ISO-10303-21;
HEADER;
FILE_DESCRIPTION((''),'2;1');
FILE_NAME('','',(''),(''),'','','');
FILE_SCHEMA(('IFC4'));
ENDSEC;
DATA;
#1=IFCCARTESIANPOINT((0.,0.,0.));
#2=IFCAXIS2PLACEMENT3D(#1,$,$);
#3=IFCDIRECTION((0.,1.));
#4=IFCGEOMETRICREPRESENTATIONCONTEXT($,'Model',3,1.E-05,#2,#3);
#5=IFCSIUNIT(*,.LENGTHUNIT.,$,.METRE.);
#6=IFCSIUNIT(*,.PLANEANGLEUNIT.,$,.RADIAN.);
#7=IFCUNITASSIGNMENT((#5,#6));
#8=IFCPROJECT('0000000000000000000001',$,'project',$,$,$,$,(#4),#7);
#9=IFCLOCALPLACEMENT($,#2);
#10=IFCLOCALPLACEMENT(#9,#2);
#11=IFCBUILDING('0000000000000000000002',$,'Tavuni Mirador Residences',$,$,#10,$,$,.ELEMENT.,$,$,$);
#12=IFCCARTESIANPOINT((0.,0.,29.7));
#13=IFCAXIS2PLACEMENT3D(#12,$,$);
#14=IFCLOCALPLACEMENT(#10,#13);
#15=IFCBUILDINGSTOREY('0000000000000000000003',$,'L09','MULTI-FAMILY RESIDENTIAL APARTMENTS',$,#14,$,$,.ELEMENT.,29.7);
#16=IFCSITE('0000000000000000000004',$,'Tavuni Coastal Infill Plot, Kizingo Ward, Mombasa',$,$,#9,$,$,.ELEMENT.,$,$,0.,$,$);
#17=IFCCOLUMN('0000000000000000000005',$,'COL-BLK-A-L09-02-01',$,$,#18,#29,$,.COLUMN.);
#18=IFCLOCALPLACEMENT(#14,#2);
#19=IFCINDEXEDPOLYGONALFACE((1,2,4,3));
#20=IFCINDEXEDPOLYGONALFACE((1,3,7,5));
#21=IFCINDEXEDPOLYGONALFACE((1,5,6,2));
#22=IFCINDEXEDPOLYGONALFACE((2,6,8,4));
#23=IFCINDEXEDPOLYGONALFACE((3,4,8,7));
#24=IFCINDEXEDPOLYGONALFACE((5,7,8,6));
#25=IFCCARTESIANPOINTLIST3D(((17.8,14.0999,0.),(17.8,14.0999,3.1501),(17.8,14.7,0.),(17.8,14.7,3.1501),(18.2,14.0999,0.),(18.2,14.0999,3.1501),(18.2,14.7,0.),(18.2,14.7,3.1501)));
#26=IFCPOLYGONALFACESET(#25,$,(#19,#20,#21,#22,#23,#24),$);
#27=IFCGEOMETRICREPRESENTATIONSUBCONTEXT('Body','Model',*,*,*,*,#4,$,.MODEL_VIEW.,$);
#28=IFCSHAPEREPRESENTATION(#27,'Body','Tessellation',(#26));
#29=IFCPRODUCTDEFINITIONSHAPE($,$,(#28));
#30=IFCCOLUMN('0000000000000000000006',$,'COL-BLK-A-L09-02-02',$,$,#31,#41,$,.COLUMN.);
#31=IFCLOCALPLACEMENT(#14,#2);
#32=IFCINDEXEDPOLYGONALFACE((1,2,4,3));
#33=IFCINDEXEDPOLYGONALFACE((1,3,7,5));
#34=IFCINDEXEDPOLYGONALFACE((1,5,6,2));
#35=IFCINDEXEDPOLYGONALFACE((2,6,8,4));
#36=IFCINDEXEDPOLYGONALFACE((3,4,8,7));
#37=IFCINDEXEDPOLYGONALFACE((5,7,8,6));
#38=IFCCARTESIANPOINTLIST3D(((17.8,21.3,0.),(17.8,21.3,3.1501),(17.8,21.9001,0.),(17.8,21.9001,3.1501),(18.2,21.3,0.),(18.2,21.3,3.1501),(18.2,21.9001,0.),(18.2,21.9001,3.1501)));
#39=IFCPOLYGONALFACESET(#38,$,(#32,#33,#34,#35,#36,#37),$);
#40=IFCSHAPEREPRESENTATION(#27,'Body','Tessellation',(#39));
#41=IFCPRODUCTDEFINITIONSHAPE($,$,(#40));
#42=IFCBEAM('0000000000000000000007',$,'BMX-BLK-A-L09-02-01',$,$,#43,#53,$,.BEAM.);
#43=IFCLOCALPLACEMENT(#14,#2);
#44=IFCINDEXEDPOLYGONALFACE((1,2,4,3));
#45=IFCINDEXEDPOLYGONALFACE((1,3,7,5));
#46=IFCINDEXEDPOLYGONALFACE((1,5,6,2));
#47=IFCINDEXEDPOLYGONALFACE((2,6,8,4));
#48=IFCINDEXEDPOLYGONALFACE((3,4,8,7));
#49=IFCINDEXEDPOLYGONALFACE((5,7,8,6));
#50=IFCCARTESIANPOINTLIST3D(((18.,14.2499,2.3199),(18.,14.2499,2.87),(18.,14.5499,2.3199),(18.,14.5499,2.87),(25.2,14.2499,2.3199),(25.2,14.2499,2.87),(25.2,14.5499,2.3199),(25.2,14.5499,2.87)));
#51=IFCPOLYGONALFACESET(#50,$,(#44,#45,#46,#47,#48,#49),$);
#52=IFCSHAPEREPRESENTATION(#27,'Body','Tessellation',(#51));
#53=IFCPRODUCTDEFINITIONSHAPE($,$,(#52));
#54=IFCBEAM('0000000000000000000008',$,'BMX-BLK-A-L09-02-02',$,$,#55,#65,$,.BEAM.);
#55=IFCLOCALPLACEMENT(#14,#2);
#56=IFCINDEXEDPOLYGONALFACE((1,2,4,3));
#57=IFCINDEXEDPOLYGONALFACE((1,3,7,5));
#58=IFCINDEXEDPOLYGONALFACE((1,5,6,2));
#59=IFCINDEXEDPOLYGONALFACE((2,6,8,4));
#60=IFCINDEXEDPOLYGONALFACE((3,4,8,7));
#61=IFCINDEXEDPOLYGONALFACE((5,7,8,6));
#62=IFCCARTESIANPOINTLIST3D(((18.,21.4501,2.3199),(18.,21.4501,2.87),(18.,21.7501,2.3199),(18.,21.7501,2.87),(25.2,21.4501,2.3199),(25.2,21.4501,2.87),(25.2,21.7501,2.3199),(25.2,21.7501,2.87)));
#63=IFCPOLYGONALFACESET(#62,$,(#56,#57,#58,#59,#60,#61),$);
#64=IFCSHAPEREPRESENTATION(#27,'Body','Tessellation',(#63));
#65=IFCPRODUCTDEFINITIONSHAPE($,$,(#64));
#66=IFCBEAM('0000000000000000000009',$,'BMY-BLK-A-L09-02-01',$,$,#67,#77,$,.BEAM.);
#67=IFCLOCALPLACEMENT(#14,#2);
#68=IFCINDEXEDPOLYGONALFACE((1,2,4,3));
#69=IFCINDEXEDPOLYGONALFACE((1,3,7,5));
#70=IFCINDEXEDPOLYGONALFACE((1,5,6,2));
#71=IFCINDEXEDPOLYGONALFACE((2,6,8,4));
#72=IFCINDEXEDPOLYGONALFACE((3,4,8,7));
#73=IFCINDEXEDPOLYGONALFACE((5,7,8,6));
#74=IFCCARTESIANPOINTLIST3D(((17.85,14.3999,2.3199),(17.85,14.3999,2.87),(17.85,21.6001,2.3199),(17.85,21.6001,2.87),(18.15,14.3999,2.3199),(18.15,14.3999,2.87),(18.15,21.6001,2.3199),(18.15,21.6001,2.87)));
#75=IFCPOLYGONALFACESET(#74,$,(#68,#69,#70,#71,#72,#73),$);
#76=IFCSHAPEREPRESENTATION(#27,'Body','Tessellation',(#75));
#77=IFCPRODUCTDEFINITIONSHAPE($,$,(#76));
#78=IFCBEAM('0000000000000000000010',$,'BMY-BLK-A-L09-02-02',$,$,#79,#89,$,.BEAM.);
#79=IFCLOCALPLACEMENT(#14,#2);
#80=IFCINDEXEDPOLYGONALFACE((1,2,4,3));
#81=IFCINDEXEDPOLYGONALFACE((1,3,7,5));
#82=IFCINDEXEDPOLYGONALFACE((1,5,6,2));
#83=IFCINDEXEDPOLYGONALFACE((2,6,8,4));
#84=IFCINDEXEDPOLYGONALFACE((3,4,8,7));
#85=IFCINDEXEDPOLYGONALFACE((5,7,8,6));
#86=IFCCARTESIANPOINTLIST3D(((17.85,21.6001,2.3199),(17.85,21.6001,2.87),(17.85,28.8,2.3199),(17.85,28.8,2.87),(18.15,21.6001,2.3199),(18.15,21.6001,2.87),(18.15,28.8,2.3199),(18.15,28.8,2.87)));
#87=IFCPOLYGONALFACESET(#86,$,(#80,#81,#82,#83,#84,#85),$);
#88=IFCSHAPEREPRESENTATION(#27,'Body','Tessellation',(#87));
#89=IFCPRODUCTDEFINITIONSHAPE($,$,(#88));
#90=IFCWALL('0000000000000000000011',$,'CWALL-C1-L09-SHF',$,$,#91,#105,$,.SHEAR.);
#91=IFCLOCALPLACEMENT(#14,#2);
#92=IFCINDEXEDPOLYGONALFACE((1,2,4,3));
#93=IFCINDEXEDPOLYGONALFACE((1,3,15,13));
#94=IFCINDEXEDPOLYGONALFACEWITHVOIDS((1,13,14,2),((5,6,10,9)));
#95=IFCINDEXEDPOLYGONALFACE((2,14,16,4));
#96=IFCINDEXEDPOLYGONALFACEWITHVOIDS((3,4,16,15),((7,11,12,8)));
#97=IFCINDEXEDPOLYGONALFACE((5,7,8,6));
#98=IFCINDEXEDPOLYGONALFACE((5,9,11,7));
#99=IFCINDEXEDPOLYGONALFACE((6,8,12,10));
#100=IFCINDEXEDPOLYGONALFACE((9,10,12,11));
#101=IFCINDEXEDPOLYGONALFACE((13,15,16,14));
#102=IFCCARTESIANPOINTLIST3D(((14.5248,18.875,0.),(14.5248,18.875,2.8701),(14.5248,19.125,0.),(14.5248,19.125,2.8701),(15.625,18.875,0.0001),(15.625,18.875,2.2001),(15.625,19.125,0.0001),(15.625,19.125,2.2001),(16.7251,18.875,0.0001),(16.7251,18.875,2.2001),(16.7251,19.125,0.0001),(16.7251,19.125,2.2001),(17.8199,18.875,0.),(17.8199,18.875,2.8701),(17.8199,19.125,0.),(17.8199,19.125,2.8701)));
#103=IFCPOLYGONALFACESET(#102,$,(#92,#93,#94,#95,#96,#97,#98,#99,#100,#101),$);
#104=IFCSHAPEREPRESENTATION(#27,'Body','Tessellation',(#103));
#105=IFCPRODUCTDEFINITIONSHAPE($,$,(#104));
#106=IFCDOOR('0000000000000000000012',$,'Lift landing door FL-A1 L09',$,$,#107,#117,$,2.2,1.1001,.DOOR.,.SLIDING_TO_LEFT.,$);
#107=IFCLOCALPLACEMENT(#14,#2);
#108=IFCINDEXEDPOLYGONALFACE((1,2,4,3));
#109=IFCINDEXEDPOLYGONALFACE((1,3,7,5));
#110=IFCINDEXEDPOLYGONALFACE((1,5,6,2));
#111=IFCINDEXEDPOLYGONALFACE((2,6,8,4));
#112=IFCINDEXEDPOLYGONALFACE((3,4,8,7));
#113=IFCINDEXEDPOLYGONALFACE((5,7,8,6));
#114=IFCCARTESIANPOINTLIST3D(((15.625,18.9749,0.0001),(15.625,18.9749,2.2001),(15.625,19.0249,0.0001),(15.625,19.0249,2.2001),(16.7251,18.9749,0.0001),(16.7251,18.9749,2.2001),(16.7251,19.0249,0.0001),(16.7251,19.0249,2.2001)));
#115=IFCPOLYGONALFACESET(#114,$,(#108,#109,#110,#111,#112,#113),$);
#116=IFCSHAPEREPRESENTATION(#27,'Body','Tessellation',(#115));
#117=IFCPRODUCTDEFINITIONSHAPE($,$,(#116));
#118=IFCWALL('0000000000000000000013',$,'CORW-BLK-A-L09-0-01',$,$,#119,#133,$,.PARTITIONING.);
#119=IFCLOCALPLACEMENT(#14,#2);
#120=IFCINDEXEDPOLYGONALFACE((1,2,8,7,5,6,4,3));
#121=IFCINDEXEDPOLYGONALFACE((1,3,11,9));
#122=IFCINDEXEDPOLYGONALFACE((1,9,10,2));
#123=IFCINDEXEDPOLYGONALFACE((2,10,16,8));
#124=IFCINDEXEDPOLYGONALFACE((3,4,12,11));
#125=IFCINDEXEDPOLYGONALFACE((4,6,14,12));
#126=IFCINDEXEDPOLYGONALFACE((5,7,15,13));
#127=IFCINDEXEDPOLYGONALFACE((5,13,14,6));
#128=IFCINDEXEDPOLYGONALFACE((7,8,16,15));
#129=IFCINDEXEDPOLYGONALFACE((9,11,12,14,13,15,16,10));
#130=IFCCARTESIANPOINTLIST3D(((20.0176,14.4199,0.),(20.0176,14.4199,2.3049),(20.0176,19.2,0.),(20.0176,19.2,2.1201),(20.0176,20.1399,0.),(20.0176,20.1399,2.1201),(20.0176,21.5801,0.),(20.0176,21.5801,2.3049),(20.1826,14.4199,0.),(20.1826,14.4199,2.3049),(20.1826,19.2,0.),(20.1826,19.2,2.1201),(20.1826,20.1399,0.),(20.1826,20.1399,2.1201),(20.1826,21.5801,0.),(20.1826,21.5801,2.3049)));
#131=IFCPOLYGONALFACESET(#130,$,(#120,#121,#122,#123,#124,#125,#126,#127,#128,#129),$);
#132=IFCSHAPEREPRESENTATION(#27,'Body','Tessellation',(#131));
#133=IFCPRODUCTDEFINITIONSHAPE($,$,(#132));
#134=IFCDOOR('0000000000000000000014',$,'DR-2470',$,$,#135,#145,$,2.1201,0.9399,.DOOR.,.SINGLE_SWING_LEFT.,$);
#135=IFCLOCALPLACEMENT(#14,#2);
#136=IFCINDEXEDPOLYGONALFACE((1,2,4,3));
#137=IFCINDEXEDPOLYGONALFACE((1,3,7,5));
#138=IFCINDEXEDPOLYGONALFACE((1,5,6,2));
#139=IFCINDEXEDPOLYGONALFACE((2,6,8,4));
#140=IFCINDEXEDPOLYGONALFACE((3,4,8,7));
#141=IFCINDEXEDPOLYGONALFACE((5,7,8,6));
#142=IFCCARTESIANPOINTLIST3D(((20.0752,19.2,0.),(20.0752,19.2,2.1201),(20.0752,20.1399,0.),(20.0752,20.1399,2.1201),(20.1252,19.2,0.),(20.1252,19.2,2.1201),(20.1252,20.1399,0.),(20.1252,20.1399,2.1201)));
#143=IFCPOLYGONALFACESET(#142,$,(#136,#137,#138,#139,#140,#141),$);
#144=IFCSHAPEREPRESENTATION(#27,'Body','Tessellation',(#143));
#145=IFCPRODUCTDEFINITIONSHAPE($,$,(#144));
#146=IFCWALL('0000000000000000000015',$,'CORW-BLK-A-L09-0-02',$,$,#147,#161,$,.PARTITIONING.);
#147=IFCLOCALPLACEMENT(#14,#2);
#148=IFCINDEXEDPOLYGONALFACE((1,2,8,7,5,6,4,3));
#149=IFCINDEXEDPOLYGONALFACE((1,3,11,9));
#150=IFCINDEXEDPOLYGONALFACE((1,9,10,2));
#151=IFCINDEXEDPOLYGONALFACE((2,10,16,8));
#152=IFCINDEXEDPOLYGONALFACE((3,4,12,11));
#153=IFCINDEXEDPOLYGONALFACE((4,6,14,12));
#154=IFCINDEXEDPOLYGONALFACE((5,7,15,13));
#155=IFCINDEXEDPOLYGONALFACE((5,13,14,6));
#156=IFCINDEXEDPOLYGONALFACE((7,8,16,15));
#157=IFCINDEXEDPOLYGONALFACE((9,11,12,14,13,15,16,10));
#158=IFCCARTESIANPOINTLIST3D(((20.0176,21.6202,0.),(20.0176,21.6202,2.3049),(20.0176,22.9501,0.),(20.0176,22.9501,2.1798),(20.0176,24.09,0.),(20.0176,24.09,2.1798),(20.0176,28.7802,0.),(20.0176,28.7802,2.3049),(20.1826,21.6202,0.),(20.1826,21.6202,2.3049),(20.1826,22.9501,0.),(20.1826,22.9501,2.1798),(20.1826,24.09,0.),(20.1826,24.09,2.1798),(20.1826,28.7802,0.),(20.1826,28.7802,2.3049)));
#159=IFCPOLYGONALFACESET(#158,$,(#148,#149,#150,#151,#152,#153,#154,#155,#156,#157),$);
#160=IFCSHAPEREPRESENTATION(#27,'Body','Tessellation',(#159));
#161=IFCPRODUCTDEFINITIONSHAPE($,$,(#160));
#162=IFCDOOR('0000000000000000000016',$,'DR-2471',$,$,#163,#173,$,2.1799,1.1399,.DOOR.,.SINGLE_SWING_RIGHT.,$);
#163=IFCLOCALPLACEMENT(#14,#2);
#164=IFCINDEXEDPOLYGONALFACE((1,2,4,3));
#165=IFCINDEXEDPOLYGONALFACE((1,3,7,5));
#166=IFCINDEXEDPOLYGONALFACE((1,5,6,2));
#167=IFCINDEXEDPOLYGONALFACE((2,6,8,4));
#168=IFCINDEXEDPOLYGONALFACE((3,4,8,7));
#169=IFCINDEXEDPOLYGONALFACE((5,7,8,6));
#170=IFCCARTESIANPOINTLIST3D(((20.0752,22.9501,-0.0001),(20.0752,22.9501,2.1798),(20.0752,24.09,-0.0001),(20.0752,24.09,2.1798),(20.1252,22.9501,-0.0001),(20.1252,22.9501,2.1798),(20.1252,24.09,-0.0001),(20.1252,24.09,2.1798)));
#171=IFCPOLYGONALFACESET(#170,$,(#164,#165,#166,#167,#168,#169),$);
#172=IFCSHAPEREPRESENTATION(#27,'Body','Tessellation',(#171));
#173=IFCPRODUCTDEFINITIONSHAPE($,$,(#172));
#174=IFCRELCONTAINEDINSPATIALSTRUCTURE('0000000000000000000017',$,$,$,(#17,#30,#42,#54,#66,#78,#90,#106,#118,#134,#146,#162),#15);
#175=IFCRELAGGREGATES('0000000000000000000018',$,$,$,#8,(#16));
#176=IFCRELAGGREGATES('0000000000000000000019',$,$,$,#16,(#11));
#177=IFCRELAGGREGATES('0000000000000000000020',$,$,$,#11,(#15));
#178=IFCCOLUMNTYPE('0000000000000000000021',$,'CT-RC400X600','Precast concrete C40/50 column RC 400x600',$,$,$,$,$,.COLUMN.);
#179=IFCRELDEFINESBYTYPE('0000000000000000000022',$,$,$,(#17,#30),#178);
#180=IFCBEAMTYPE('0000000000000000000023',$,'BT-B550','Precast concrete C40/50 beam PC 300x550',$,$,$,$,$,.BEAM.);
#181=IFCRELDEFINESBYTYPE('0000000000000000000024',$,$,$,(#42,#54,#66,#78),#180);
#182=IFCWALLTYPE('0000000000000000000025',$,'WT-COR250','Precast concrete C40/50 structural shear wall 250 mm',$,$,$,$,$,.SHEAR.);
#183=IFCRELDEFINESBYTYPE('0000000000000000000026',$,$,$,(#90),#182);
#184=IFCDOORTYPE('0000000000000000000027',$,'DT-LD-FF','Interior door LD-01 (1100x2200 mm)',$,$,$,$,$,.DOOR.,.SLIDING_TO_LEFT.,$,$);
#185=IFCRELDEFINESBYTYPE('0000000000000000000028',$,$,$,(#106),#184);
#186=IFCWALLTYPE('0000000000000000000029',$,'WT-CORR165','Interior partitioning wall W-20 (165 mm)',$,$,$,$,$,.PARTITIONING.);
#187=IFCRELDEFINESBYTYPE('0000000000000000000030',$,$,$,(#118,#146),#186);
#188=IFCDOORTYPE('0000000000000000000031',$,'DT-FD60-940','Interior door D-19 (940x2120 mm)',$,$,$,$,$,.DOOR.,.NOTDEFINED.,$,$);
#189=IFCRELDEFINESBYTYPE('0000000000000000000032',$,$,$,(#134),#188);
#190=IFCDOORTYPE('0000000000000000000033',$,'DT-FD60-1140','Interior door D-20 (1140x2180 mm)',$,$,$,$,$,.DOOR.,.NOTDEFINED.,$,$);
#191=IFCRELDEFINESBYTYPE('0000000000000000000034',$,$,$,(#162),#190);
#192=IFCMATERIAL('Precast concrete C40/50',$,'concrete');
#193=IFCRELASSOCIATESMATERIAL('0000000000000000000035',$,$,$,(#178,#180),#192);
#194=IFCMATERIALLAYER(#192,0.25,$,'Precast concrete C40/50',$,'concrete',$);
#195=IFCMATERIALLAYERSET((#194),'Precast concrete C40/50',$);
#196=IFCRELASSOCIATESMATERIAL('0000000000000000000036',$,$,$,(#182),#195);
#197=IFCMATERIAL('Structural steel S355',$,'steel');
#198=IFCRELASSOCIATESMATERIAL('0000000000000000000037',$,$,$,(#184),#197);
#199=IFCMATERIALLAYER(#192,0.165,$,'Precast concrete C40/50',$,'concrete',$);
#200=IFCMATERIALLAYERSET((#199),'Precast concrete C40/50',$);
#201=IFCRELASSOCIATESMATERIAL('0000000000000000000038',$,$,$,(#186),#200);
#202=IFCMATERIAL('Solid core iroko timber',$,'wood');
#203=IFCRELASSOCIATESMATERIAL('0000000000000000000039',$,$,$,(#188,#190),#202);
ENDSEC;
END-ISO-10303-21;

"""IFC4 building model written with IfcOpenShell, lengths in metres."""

from ifc_helpers import new_model, si_unit, direction, frame, frame_2d, origin, origin_2d, place, context, subcontext, project, spatial, rectangle, extrude, material, layer, layer_set, material_profile, profile_set, type_object, element, fill, save


model = new_model("IFC4")

# Units and contexts
model_context = context("Model", 3, precision=1e-05, world=origin(), true_north=direction((0.0, 1.0)))
body_context = subcontext(model_context, "Body", "Model", "MODEL_VIEW")
ifc_project = project(units=[si_unit("LENGTHUNIT", "METRE"), si_unit("PLANEANGLEUNIT", "RADIAN")], contexts=[model_context])

# Site, building, storey
site_placement = place(None, origin())
site = spatial("IfcSite", under=ifc_project, at=site_placement, Name="Tavuni Coastal Infill Plot, Kizingo Ward, Mombasa", CompositionType="ELEMENT", RefElevation=0.0)
building_placement = place(site_placement, origin())
building = spatial("IfcBuilding", under=site, at=building_placement, Name="Tavuni Mirador Residences", CompositionType="ELEMENT")
storey_placement = place(building_placement, frame((0.0, 0.0, 29.7)))
storey = spatial("IfcBuildingStorey", under=building, at=storey_placement, Name="L09", Description="MULTI-FAMILY RESIDENTIAL APARTMENTS", CompositionType="ELEMENT", Elevation=29.7)

# Columns
ifc_material_1 = material(Name="Precast concrete C40/50", Category="concrete")
ifc_material_profile_1 = material_profile(ifc_material_1, rectangle(XDim=0.3999, YDim=0.6001, at=origin_2d()), Name="RC 400x600", Category="concrete")
ifc_profile_set_1 = profile_set([ifc_material_profile_1], Name="Precast concrete C40/50")
column_type = type_object("IfcColumnType", Name="CT-RC400X600", Description="Precast concrete C40/50 column RC 400x600", PredefinedType="COLUMN", material=ifc_profile_set_1)
for number, where, z_axis, x_axis, name in (
    (1, (18.0, 14.3999, 0.0), (0.0, 0.0, 1.0), (1.0, 0.0, 0.0), "COL-BLK-A-L09-02-01"),
    (2, (18.0, 21.6001, 0.0), (0.0, 0.0, 1.0), (1.0, 0.0, 0.0), "COL-BLK-A-L09-02-02"),
):
    element("IfcColumn", number, at=place(storey_placement, frame(where, z_axis=z_axis, x_axis=x_axis)), inside=storey, type_object=column_type, Name=name, PredefinedType="COLUMN", context=body_context, shape_type="SweptSolid", body=[
        extrude(rectangle(XDim=0.3999, YDim=0.6001, at=origin_2d()), origin(), (0.0, 0.0, 1.0), 3.1501),
    ])

# Beams
ifc_material_profile_2 = material_profile(ifc_material_1, rectangle(XDim=0.3, YDim=0.55, at=origin_2d()), Name="PC 300x550", Category="concrete")
ifc_profile_set_2 = profile_set([ifc_material_profile_2], Name="Precast concrete C40/50")
beam_type = type_object("IfcBeamType", Name="BT-B550", Description="Precast concrete C40/50 beam PC 300x550", PredefinedType="BEAM", material=ifc_profile_set_2)
for number, where, z_axis, x_axis, name in (
    (3, (18.0, 14.3999, 2.595), (1.0, 0.0, 0.0), (0.0, 1.0, 0.0), "BMX-BLK-A-L09-02-01"),
    (4, (18.0, 21.6001, 2.595), (1.0, 0.0, 0.0), (0.0, 1.0, 0.0), "BMX-BLK-A-L09-02-02"),
):
    element("IfcBeam", number, at=place(storey_placement, frame(where, z_axis=z_axis, x_axis=x_axis)), inside=storey, type_object=beam_type, Name=name, PredefinedType="BEAM", context=body_context, shape_type="SweptSolid", body=[
        extrude(rectangle(XDim=0.3, YDim=0.55, at=origin_2d()), origin(), (0.0, 0.0, 1.0), 7.2),
    ])
beam_1_placement = place(storey_placement, frame((18.0, 14.3999, 2.595), z_axis=(0.0, 1.0, 0.0), x_axis=(-1.0, 0.0, 0.0)))
element("IfcBeam", 5, at=beam_1_placement, inside=storey, type_object=beam_type, Name="BMY-BLK-A-L09-02-01", PredefinedType="BEAM", context=body_context, shape_type="SweptSolid", body=[
    extrude(rectangle(XDim=0.3, YDim=0.55, at=origin_2d()), origin(), (0.0, 0.0, 1.0), 7.2002),
])
beam_2_placement = place(storey_placement, frame((18.0, 21.6001, 2.595), z_axis=(0.0, 1.0, 0.0), x_axis=(-1.0, 0.0, 0.0)))
element("IfcBeam", 6, at=beam_2_placement, inside=storey, type_object=beam_type, Name="BMY-BLK-A-L09-02-02", PredefinedType="BEAM", context=body_context, shape_type="SweptSolid", body=[
    extrude(rectangle(XDim=0.3, YDim=0.55, at=origin_2d()), origin(), (0.0, 0.0, 1.0), 7.2),
])

# Walls, openings, doors
ifc_layer_1 = layer(ifc_material_1, 0.25, Name="Precast concrete C40/50", Category="concrete")
ifc_layer_set_1 = layer_set([ifc_layer_1], Name="Precast concrete C40/50")
wall_type_1 = type_object("IfcWallType", Name="WT-COR250", Description="Precast concrete C40/50 structural shear wall 250 mm", PredefinedType="SHEAR", material=ifc_layer_set_1)
ifc_material_2 = material(Name="Solid core iroko timber", Category="wood")
wall_1_placement = place(storey_placement, frame((14.5249, 19.0, 0.0), z_axis=(0.0, 0.0, 1.0), x_axis=(1.0, 0.0, 0.0)))
wall_1 = element("IfcWall", 7, at=wall_1_placement, inside=storey, type_object=wall_type_1, Name="CWALL-C1-L09-SHF", PredefinedType="SHEAR", context=body_context, shape_type="SweptSolid", body=[
    extrude(rectangle(XDim=3.2952, YDim=0.25, at=frame_2d((1.6475, 0.0))), origin(), (0.0, 0.0, 1.0), 2.8701),
])
opening_1_placement = place(wall_1_placement, frame((1.1001, 0.0, 0.0)))
opening_1 = element("IfcOpeningElement", 8, at=opening_1_placement, cuts=wall_1, PredefinedType="OPENING", context=body_context, shape_type="SweptSolid", body=[
    extrude(rectangle(XDim=1.1001, YDim=2.2, at=frame_2d((0.55, 1.1001))), frame((0.0, 0.135, 0.0), z_axis=(0.0, -1.0, 0.0), x_axis=(1.0, 0.0, 0.0)), (0.0, 0.0, 1.0), 0.27),
])
ifc_material_3 = material(Name="Structural steel S355", Category="steel")
door_type_1 = type_object("IfcDoorType", Name="DT-LD-FF", Description="Interior door LD-01 (1100x2200 mm)", OperationType="SLIDING_TO_LEFT", PredefinedType="DOOR", material=ifc_material_3)
door_1_placement = place(opening_1_placement, origin())
door_1 = element("IfcDoor", 9, at=door_1_placement, inside=storey, type_object=door_type_1, Name="Lift landing door FL-A1 L09", OperationType="SLIDING_TO_LEFT", OverallHeight=2.2, OverallWidth=1.1001, PredefinedType="DOOR", context=body_context, shape_type="SweptSolid", body=[
    extrude(rectangle(XDim=1.1001, YDim=2.2, at=frame_2d((0.55, 1.1001))), frame((0.0, 0.0249, 0.0), z_axis=(0.0, -1.0, 0.0), x_axis=(1.0, 0.0, 0.0)), (0.0, 0.0, 1.0), 0.05),
])
fill(opening_1, door_1)
ifc_layer_2 = layer(ifc_material_1, 0.165, Name="Precast concrete C40/50", Category="concrete")
ifc_layer_set_2 = layer_set([ifc_layer_2], Name="Precast concrete C40/50")
wall_type_2 = type_object("IfcWallType", Name="WT-CORR165", Description="Interior partitioning wall W-20 (165 mm)", PredefinedType="PARTITIONING", material=ifc_layer_set_2)
wall_2_placement = place(storey_placement, frame((20.1001, 14.4199, 0.0), z_axis=(0.0, 0.0, 1.0), x_axis=(0.0, 1.0, 0.0)))
wall_2 = element("IfcWall", 10, at=wall_2_placement, inside=storey, type_object=wall_type_2, Name="CORW-BLK-A-L09-0-01", PredefinedType="PARTITIONING", context=body_context, shape_type="SweptSolid", body=[
    extrude(rectangle(XDim=7.1602, YDim=0.165, at=frame_2d((3.5801, 0.0))), origin(), (0.0, 0.0, 1.0), 2.3049),
])
opening_2_placement = place(wall_2_placement, frame((4.78, 0.0, 0.0)))
opening_2 = element("IfcOpeningElement", 11, at=opening_2_placement, cuts=wall_2, PredefinedType="OPENING", context=body_context, shape_type="SweptSolid", body=[
    extrude(rectangle(XDim=0.9399, YDim=2.1201, at=frame_2d((0.47, 1.0601))), frame((0.0, 0.0925, 0.0), z_axis=(0.0, -1.0, 0.0), x_axis=(1.0, 0.0, 0.0)), (0.0, 0.0, 1.0), 0.1851),
])
door_type_2 = type_object("IfcDoorType", Name="DT-FD60-940", Description="Interior door D-19 (940x2120 mm)", OperationType="NOTDEFINED", PredefinedType="DOOR", material=ifc_material_2)
door_2_placement = place(opening_2_placement, origin())
door_2 = element("IfcDoor", 12, at=door_2_placement, inside=storey, type_object=door_type_2, Name="DR-2470", OperationType="SINGLE_SWING_LEFT", OverallHeight=2.1201, OverallWidth=0.9399, PredefinedType="DOOR", context=body_context, shape_type="SweptSolid", body=[
    extrude(rectangle(XDim=0.9399, YDim=2.1201, at=frame_2d((0.47, 1.0601))), frame((0.0, 0.0249, 0.0), z_axis=(0.0, -1.0, 0.0), x_axis=(1.0, 0.0, 0.0)), (0.0, 0.0, 1.0), 0.05),
])
fill(opening_2, door_2)
wall_3_placement = place(storey_placement, frame((20.1001, 21.6201, 0.0), z_axis=(0.0, 0.0, 1.0), x_axis=(0.0, 1.0, 0.0)))
wall_3 = element("IfcWall", 13, at=wall_3_placement, inside=storey, type_object=wall_type_2, Name="CORW-BLK-A-L09-0-02", PredefinedType="PARTITIONING", context=body_context, shape_type="SweptSolid", body=[
    extrude(rectangle(XDim=7.1599, YDim=0.165, at=frame_2d((3.5801, 0.0))), origin(), (0.0, 0.0, 1.0), 2.3049),
])
opening_3_placement = place(wall_3_placement, frame((1.3301, 0.0, 0.0)))
opening_3 = element("IfcOpeningElement", 14, at=opening_3_placement, cuts=wall_3, PredefinedType="OPENING", context=body_context, shape_type="SweptSolid", body=[
    extrude(rectangle(XDim=1.1399, YDim=2.1799, at=frame_2d((0.5698, 1.0898))), frame((0.0, 0.0925, 0.0), z_axis=(0.0, -1.0, 0.0), x_axis=(1.0, 0.0, 0.0)), (0.0, 0.0, 1.0), 0.1851),
])
door_type_3 = type_object("IfcDoorType", Name="DT-FD60-1140", Description="Interior door D-20 (1140x2180 mm)", OperationType="NOTDEFINED", PredefinedType="DOOR", material=ifc_material_2)
door_3_placement = place(opening_3_placement, origin())
door_3 = element("IfcDoor", 15, at=door_3_placement, inside=storey, type_object=door_type_3, Name="DR-2471", OperationType="SINGLE_SWING_RIGHT", OverallHeight=2.1799, OverallWidth=1.1399, PredefinedType="DOOR", context=body_context, shape_type="SweptSolid", body=[
    extrude(rectangle(XDim=1.1399, YDim=2.1799, at=frame_2d((0.5698, 1.0898))), frame((0.0, 0.0249, 0.0), z_axis=(0.0, -1.0, 0.0), x_axis=(1.0, 0.0, 0.0)), (0.0, 0.0, 1.0), 0.05),
])
fill(opening_3, door_3)

save(model, "model.ifc")
